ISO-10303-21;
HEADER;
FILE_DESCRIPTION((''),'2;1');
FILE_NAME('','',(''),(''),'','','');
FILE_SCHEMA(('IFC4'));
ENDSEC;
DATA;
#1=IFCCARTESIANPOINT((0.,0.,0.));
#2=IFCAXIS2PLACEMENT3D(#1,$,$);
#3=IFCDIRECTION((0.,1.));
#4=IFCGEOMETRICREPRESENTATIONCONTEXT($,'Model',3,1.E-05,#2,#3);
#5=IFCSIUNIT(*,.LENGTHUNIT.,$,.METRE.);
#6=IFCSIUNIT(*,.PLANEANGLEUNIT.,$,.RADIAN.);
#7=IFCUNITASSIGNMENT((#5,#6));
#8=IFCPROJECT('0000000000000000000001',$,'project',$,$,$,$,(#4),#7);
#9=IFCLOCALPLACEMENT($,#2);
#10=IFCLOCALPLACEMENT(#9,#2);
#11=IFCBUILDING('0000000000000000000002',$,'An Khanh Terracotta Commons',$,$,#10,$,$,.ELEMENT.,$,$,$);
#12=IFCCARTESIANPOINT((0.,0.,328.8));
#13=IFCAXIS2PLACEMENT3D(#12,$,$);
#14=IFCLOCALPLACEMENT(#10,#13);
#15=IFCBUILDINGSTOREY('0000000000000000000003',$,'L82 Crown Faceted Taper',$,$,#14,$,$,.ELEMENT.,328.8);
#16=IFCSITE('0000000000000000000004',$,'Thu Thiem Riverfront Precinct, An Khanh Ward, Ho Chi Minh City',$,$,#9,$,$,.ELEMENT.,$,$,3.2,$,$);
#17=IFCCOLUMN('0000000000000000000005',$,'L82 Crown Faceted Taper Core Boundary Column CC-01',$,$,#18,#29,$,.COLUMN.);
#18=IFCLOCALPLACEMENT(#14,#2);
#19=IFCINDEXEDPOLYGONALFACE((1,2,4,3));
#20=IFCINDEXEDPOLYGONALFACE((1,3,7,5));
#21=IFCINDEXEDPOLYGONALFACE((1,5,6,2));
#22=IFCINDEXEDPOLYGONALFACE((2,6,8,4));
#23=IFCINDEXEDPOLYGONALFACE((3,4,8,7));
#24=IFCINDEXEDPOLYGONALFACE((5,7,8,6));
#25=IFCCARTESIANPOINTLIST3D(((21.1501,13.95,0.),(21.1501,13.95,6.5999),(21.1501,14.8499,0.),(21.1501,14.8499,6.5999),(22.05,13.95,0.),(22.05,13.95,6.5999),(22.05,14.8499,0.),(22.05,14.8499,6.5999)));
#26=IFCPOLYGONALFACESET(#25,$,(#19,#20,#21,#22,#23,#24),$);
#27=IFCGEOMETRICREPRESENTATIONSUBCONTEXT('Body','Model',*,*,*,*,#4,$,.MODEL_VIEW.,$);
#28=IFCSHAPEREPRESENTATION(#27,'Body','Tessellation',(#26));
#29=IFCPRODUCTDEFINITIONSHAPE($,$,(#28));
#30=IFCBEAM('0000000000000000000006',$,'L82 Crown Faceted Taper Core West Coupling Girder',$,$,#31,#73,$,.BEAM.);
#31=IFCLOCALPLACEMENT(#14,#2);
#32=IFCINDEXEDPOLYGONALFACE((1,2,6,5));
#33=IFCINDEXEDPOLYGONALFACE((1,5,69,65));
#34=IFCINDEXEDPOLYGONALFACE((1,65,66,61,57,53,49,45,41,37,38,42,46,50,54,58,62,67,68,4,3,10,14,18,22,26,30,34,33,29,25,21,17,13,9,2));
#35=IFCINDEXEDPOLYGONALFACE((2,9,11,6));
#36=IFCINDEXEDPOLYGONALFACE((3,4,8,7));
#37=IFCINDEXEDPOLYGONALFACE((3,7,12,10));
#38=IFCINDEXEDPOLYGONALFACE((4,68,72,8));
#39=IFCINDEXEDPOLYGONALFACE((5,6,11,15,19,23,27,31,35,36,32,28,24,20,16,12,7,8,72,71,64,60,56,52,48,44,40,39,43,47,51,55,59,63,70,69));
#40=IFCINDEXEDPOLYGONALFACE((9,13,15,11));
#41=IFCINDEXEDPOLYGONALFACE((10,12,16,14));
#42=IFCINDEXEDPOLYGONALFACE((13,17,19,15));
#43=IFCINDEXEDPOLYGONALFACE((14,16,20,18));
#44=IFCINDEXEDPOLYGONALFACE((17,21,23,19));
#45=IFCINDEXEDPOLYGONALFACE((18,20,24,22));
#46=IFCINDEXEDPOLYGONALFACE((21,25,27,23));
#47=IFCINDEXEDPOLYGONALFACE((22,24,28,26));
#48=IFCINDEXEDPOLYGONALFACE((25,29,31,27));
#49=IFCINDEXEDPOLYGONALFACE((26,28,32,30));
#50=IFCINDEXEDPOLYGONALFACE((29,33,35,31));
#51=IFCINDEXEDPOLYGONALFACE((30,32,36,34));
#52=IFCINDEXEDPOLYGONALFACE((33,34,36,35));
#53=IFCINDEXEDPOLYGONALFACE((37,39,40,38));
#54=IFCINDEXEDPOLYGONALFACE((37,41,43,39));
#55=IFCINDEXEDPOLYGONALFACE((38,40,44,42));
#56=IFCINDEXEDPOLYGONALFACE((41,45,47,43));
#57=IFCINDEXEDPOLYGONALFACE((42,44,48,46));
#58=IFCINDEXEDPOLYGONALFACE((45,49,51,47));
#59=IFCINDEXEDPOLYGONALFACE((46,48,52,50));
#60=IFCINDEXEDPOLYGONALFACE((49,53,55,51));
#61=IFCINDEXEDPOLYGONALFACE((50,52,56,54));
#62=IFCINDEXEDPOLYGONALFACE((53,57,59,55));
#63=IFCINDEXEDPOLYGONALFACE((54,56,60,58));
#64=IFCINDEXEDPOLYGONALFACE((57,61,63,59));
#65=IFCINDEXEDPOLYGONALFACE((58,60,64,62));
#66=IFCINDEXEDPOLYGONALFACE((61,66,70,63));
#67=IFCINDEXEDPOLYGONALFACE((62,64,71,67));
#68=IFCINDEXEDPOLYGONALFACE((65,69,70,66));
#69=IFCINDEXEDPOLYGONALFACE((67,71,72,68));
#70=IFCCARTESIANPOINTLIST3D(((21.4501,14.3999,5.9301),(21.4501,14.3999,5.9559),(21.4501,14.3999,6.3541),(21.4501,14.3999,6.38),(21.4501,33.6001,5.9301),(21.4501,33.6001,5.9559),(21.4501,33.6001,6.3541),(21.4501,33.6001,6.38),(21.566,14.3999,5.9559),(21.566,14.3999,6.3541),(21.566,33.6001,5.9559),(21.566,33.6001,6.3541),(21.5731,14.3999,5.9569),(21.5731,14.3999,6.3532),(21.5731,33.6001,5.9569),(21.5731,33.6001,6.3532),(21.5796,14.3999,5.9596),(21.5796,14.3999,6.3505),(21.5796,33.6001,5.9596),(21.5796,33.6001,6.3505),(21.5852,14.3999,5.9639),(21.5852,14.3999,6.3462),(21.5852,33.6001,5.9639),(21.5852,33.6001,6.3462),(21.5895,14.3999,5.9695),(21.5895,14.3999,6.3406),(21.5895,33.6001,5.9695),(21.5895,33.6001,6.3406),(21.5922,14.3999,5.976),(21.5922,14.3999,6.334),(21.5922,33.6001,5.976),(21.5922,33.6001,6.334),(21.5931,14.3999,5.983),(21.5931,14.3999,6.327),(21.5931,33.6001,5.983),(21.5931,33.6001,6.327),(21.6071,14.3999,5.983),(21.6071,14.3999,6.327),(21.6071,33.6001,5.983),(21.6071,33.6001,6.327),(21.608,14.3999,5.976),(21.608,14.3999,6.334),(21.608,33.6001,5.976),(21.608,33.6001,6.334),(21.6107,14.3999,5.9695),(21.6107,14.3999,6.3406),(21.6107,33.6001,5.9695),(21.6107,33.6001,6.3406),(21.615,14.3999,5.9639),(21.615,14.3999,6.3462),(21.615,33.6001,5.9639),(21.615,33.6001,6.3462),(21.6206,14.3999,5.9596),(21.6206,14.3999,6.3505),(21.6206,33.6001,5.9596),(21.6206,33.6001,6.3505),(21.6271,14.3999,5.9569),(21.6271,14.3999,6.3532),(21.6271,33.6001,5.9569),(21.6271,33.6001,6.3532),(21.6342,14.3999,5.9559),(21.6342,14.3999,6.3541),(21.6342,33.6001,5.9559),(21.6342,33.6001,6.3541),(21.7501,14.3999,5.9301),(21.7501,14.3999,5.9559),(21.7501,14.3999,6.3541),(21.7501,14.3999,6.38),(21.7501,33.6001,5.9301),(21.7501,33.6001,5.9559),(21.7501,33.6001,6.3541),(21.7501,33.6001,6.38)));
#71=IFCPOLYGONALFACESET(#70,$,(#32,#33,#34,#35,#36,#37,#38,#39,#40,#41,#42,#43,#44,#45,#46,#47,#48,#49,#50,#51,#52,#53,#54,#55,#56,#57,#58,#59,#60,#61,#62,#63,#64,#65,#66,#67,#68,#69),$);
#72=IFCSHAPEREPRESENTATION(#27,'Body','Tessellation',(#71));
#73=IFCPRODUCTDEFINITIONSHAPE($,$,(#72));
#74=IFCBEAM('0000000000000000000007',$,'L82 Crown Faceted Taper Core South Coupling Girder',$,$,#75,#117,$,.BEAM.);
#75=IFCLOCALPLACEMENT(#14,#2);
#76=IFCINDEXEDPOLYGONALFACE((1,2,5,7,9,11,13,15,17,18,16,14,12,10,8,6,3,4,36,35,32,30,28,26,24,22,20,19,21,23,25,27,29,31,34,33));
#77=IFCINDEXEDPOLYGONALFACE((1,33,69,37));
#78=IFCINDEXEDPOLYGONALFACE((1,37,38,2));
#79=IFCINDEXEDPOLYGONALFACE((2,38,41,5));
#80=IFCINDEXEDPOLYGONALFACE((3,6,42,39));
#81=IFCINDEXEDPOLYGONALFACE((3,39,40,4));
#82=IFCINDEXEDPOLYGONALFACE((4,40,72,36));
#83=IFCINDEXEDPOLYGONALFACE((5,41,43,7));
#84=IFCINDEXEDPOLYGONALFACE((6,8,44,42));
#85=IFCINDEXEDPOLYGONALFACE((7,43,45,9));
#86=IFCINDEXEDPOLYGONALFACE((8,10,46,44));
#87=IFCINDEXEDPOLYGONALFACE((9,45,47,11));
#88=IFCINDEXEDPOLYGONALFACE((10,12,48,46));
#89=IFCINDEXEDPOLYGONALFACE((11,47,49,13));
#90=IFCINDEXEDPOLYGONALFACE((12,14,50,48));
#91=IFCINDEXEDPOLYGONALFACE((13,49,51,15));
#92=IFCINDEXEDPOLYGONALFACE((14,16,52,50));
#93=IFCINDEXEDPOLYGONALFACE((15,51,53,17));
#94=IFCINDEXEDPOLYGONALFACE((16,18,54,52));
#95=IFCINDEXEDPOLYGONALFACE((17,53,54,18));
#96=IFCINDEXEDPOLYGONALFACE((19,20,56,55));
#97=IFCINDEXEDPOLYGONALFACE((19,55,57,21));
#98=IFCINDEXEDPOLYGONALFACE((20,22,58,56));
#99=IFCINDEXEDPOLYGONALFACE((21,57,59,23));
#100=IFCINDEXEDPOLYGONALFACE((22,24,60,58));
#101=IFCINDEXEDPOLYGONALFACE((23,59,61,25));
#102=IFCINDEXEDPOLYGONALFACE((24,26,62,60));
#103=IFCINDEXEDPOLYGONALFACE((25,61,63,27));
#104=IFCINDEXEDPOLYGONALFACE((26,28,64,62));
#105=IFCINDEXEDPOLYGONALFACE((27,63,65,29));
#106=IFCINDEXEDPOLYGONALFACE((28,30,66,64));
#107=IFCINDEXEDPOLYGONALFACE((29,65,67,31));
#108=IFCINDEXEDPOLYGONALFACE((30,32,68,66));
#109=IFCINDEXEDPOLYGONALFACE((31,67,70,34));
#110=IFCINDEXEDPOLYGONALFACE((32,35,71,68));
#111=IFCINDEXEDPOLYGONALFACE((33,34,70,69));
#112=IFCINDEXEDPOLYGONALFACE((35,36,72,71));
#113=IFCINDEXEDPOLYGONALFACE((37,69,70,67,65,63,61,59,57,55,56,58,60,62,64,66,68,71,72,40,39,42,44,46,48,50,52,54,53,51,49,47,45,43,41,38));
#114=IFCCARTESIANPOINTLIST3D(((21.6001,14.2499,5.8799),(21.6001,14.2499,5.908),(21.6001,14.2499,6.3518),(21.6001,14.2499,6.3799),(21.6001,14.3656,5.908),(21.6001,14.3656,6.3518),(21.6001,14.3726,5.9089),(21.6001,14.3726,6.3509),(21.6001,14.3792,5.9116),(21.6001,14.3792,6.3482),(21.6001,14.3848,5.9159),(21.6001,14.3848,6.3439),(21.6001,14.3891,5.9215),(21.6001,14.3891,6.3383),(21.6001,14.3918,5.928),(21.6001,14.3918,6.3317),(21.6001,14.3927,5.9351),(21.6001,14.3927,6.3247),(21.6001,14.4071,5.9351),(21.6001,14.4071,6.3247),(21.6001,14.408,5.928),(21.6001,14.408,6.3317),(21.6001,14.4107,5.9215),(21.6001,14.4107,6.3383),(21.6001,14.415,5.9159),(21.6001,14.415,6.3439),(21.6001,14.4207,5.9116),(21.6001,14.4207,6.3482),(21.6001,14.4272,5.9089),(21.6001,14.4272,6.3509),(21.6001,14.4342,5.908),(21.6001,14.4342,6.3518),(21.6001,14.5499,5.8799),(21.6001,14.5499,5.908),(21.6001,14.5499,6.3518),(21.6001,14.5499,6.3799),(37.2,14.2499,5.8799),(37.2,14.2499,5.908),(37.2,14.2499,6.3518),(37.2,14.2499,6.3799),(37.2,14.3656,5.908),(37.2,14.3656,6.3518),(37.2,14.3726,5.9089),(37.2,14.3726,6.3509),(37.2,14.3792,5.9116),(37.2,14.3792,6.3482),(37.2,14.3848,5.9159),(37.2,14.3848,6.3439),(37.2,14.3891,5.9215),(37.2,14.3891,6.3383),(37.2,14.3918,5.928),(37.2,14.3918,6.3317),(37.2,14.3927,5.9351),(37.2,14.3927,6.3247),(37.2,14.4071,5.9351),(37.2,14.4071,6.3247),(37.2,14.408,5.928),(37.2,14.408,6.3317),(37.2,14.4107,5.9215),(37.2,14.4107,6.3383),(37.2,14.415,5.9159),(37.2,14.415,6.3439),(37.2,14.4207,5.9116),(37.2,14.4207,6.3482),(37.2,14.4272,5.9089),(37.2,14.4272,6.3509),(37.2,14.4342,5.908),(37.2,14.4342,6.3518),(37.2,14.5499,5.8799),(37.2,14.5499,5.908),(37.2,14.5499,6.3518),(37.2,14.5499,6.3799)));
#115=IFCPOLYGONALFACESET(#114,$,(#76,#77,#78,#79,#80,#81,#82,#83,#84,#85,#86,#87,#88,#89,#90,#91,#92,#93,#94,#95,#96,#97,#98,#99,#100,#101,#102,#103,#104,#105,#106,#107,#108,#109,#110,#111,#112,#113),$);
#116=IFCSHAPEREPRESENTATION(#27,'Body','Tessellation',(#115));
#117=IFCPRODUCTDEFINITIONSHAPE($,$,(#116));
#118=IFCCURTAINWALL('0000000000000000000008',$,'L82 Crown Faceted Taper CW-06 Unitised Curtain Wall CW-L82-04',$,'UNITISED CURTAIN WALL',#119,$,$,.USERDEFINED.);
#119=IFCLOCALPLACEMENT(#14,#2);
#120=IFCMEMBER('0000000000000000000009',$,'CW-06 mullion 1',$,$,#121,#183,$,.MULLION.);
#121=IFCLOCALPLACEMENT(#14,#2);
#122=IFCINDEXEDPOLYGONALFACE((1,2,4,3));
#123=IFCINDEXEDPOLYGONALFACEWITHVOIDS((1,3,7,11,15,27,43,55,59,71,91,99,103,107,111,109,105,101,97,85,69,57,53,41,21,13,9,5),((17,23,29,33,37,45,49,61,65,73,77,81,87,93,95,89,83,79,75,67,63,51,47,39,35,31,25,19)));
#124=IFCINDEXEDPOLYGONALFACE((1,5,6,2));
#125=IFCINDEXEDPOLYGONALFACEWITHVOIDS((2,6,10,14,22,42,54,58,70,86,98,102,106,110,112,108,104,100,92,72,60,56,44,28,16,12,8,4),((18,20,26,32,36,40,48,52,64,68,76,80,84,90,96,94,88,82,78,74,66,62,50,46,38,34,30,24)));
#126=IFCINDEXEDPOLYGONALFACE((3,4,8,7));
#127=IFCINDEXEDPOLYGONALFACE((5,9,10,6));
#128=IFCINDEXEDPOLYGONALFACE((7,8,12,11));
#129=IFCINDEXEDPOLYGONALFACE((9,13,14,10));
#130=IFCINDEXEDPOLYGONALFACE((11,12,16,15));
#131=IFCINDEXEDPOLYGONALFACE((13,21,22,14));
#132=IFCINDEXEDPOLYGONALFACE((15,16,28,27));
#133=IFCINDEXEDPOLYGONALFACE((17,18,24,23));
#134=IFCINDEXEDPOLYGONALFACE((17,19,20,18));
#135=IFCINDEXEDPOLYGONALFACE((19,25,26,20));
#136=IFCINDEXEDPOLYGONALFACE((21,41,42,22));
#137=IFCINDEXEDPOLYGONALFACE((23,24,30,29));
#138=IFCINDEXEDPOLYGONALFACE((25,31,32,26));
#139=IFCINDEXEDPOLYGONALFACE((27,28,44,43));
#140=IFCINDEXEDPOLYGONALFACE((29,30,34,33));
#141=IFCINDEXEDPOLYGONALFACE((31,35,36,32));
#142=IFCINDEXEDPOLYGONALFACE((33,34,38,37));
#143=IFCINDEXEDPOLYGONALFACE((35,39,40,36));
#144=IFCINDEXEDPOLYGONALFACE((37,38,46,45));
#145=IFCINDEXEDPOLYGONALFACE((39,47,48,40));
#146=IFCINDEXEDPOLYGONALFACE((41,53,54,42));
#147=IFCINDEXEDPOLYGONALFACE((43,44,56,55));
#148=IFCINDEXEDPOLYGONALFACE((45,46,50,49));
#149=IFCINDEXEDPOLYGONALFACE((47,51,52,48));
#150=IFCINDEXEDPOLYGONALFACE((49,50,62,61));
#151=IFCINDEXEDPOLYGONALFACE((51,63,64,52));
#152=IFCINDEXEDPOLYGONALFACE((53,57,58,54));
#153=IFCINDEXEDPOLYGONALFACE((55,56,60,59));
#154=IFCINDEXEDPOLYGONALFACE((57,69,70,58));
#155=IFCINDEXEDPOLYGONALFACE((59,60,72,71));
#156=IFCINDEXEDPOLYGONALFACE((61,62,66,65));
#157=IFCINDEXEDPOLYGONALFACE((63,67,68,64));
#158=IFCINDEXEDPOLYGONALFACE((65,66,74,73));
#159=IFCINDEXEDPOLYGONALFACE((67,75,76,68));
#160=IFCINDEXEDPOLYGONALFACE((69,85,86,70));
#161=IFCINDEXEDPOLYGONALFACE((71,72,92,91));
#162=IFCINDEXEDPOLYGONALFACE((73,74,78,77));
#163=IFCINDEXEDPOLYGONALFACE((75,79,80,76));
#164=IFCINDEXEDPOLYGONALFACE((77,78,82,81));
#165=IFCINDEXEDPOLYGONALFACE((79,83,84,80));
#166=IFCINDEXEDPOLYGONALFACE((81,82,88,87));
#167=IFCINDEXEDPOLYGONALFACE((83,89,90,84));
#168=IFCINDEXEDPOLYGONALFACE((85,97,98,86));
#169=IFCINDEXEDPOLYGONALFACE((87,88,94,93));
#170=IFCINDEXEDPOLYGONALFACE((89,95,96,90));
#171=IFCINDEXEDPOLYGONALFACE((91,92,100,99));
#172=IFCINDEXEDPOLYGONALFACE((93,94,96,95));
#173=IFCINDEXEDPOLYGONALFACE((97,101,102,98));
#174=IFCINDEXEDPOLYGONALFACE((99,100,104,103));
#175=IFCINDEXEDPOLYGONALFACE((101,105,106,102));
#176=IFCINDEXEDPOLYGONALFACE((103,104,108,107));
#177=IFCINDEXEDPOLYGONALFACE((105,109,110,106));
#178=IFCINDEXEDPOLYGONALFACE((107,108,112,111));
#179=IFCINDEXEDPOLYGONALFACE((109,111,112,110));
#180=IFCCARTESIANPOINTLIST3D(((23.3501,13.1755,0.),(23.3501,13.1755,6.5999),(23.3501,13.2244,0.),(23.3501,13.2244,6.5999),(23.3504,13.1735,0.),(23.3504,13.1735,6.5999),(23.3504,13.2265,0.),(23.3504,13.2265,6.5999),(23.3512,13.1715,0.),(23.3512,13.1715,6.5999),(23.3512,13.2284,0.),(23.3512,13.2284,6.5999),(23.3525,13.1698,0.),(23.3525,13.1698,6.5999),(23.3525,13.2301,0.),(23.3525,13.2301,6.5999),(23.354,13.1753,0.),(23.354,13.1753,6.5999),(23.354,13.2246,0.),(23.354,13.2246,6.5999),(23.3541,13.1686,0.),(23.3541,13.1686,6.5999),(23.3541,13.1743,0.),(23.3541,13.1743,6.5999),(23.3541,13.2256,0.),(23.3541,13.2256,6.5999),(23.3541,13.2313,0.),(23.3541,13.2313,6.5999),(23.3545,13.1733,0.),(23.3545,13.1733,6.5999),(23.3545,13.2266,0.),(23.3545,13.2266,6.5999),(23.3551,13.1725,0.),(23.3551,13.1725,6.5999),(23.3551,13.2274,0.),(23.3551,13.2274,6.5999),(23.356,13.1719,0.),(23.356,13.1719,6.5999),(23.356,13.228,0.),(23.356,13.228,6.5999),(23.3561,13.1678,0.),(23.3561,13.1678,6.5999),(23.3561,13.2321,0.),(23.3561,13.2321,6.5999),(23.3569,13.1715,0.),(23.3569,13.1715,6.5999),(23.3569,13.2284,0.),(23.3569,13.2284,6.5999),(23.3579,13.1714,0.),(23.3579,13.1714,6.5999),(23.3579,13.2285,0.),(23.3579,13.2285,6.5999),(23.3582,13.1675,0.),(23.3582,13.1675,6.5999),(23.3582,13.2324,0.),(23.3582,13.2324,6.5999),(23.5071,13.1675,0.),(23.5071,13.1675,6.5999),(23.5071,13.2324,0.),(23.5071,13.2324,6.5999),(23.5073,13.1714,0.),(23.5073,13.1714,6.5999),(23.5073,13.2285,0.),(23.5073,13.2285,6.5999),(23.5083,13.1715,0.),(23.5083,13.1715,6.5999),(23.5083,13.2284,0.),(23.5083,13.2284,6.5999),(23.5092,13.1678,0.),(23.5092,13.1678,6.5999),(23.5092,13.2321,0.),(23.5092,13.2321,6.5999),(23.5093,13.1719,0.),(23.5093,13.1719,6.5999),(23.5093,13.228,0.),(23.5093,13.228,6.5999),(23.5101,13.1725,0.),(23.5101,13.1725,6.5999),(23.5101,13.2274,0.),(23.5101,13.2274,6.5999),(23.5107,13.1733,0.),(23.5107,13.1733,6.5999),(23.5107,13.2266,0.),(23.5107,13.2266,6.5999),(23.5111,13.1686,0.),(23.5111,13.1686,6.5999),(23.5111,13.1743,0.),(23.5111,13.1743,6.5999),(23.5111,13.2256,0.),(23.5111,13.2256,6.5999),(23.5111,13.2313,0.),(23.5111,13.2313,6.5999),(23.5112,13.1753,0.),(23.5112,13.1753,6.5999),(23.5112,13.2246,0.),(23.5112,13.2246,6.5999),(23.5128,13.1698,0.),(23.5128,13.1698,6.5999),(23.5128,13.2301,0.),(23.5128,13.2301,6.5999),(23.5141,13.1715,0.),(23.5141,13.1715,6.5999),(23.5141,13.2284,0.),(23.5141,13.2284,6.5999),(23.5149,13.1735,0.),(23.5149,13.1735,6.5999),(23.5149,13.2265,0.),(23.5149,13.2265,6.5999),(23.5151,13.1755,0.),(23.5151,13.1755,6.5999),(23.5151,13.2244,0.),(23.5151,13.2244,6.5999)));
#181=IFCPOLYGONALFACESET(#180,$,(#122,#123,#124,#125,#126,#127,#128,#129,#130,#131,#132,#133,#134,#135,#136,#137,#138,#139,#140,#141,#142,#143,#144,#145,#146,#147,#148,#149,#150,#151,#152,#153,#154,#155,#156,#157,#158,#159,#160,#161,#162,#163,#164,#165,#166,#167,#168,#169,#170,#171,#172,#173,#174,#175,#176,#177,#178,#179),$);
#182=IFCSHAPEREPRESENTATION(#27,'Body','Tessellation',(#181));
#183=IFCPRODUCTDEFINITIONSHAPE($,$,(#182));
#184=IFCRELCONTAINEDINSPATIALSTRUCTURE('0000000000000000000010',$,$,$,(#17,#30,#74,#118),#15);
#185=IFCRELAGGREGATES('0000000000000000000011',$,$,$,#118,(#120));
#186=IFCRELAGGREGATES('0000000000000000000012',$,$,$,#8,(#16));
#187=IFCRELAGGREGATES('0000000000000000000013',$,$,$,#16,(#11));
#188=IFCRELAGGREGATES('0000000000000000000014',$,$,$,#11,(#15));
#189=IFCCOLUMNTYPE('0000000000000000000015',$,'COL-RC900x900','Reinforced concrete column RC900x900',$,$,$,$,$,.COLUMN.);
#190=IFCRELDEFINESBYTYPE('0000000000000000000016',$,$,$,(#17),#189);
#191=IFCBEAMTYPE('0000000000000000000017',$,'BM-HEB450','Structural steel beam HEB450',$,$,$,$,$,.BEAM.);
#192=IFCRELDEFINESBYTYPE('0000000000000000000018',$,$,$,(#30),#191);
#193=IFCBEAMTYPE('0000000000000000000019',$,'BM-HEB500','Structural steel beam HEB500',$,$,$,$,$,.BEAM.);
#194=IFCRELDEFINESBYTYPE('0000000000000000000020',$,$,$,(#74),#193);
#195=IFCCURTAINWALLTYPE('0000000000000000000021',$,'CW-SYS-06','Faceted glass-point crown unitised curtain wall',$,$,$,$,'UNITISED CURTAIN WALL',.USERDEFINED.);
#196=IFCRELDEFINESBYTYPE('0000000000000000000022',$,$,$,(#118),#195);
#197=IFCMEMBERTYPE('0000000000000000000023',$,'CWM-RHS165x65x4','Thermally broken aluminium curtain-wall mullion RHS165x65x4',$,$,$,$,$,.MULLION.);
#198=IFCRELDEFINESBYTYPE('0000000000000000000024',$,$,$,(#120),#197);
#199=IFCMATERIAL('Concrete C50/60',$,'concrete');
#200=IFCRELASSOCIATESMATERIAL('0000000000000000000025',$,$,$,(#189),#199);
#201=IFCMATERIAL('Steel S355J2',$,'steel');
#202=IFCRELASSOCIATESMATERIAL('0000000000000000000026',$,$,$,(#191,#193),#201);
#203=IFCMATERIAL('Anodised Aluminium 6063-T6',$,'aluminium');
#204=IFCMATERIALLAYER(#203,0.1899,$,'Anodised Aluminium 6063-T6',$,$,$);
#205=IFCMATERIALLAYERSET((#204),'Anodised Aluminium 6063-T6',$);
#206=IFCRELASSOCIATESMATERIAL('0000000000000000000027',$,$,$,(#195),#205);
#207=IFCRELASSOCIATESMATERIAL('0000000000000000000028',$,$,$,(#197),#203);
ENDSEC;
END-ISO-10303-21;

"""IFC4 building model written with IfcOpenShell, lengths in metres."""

from ifc_helpers import new_model, si_unit, direction, frame, origin, origin_2d, place, context, subcontext, project, spatial, rectangle, hollow_rectangle, i_section, extrude, material, layer, layer_set, material_profile, profile_set, type_object, element, aggregate, save


model = new_model("IFC4")

# Units and contexts
model_context = context("Model", 3, precision=1e-05, world=origin(), true_north=direction((0.0, 1.0)))
body_context = subcontext(model_context, "Body", "Model", "MODEL_VIEW")
ifc_project = project(units=[si_unit("LENGTHUNIT", "METRE"), si_unit("PLANEANGLEUNIT", "RADIAN")], contexts=[model_context])

# Site, building, storey
site_placement = place(None, origin())
site = spatial("IfcSite", under=ifc_project, at=site_placement, Name="Thu Thiem Riverfront Precinct, An Khanh Ward, Ho Chi Minh City", CompositionType="ELEMENT", RefElevation=3.2)
building_placement = place(site_placement, origin())
building = spatial("IfcBuilding", under=site, at=building_placement, Name="An Khanh Terracotta Commons", CompositionType="ELEMENT")
storey_placement = place(building_placement, frame((0.0, 0.0, 328.8)))
storey = spatial("IfcBuildingStorey", under=building, at=storey_placement, Name="L82 Crown Faceted Taper", CompositionType="ELEMENT", Elevation=328.8)

# Column
ifc_material_1 = material(Name="Concrete C50/60", Category="concrete")
ifc_material_profile_1 = material_profile(ifc_material_1, rectangle(XDim=0.8999, YDim=0.8999, at=origin_2d()), Name="RC900x900")
ifc_profile_set_1 = profile_set([ifc_material_profile_1], Name="Concrete C50/60")
column_type = type_object("IfcColumnType", Name="COL-RC900x900", Description="Reinforced concrete column RC900x900", PredefinedType="COLUMN", material=ifc_profile_set_1)
column_placement = place(storey_placement, frame((21.6001, 14.3999, 0.0), z_axis=(0.0, 0.0, 1.0), x_axis=(1.0, 0.0, 0.0)))
element("IfcColumn", 1, at=column_placement, inside=storey, type_object=column_type, Name="L82 Crown Faceted Taper Core Boundary Column CC-01", PredefinedType="COLUMN", context=body_context, shape_type="SweptSolid", body=[
    extrude(rectangle(XDim=0.8999, YDim=0.8999, at=origin_2d()), origin(), (0.0, 0.0, 1.0), 6.5999),
])

# Beams
ifc_material_2 = material(Name="Steel S355J2", Category="steel")
ifc_material_profile_2 = material_profile(ifc_material_2, i_section(OverallWidth=0.3, OverallDepth=0.45, WebThickness=0.0139, FlangeThickness=0.0259, FilletRadius=0.0271, at=origin_2d()), Name="HEB450")
ifc_profile_set_2 = profile_set([ifc_material_profile_2], Name="Steel S355J2")
beam_type_1 = type_object("IfcBeamType", Name="BM-HEB450", Description="Structural steel beam HEB450", PredefinedType="BEAM", material=ifc_profile_set_2)
beam_1_placement = place(storey_placement, frame((21.6001, 14.3999, 6.155), z_axis=(0.0, 1.0, 0.0), x_axis=(-1.0, 0.0, 0.0)))
element("IfcBeam", 2, at=beam_1_placement, inside=storey, type_object=beam_type_1, Name="L82 Crown Faceted Taper Core West Coupling Girder", PredefinedType="BEAM", context=body_context, shape_type="SweptSolid", body=[
    extrude(i_section(OverallWidth=0.3, OverallDepth=0.45, WebThickness=0.0139, FlangeThickness=0.0259, FilletRadius=0.0271, at=origin_2d()), origin(), (0.0, 0.0, 1.0), 19.2002),
])
ifc_material_profile_3 = material_profile(ifc_material_2, i_section(OverallWidth=0.3, OverallDepth=0.5, WebThickness=0.0144, FlangeThickness=0.0281, FilletRadius=0.0271, at=origin_2d()), Name="HEB500")
ifc_profile_set_3 = profile_set([ifc_material_profile_3], Name="Steel S355J2")
beam_type_2 = type_object("IfcBeamType", Name="BM-HEB500", Description="Structural steel beam HEB500", PredefinedType="BEAM", material=ifc_profile_set_3)
beam_2_placement = place(storey_placement, frame((21.6001, 14.3999, 6.1299), z_axis=(1.0, 0.0, 0.0), x_axis=(0.0, 1.0, 0.0)))
element("IfcBeam", 3, at=beam_2_placement, inside=storey, type_object=beam_type_2, Name="L82 Crown Faceted Taper Core South Coupling Girder", PredefinedType="BEAM", context=body_context, shape_type="SweptSolid", body=[
    extrude(i_section(OverallWidth=0.3, OverallDepth=0.5, WebThickness=0.0144, FlangeThickness=0.0281, FilletRadius=0.0271, at=origin_2d()), origin(), (0.0, 0.0, 1.0), 15.5999),
])

# Curtain wall, member
ifc_material_3 = material(Name="Anodised Aluminium 6063-T6", Category="aluminium")
ifc_layer_1 = layer(ifc_material_3, 0.1899, Name="Anodised Aluminium 6063-T6")
ifc_layer_set_1 = layer_set([ifc_layer_1], Name="Anodised Aluminium 6063-T6")
curtain_wall_type = type_object("IfcCurtainWallType", Name="CW-SYS-06", Description="Faceted glass-point crown unitised curtain wall", ElementType="UNITISED CURTAIN WALL", PredefinedType="USERDEFINED", material=ifc_layer_set_1)
curtain_wall_1_placement = place(storey_placement, origin())
curtain_wall_1 = element("IfcCurtainWall", 4, at=curtain_wall_1_placement, inside=storey, type_object=curtain_wall_type, Name="L82 Crown Faceted Taper CW-06 Unitised Curtain Wall CW-L82-04", ObjectType="UNITISED CURTAIN WALL", PredefinedType="USERDEFINED")
ifc_material_profile_4 = material_profile(ifc_material_3, hollow_rectangle(XDim=0.0649, YDim=0.165, WallThickness=0.0039, InnerFilletRadius=0.0039, OuterFilletRadius=0.0081, at=origin_2d()), Name="RHS165x65x4")
ifc_profile_set_4 = profile_set([ifc_material_profile_4], Name="Anodised Aluminium 6063-T6")
member_type_1 = type_object("IfcMemberType", Name="CWM-RHS165x65x4", Description="Thermally broken aluminium curtain-wall mullion RHS165x65x4", PredefinedType="MULLION", material=ifc_profile_set_4)
member_1_placement = place(storey_placement, frame((23.4326, 13.2, 0.0), z_axis=(0.0, 0.0, 1.0), x_axis=(0.0, 1.0, 0.0)))
member_1 = element("IfcMember", 5, at=member_1_placement, type_object=member_type_1, Name="CW-06 mullion 1", PredefinedType="MULLION", context=body_context, shape_type="SweptSolid", body=[
    extrude(hollow_rectangle(XDim=0.0649, YDim=0.165, WallThickness=0.0039, InnerFilletRadius=0.0039, OuterFilletRadius=0.0081, at=origin_2d()), origin(), (0.0, 0.0, 1.0), 6.5999),
])

aggregate(curtain_wall_1, [member_1])

save(model, "model.ifc")
